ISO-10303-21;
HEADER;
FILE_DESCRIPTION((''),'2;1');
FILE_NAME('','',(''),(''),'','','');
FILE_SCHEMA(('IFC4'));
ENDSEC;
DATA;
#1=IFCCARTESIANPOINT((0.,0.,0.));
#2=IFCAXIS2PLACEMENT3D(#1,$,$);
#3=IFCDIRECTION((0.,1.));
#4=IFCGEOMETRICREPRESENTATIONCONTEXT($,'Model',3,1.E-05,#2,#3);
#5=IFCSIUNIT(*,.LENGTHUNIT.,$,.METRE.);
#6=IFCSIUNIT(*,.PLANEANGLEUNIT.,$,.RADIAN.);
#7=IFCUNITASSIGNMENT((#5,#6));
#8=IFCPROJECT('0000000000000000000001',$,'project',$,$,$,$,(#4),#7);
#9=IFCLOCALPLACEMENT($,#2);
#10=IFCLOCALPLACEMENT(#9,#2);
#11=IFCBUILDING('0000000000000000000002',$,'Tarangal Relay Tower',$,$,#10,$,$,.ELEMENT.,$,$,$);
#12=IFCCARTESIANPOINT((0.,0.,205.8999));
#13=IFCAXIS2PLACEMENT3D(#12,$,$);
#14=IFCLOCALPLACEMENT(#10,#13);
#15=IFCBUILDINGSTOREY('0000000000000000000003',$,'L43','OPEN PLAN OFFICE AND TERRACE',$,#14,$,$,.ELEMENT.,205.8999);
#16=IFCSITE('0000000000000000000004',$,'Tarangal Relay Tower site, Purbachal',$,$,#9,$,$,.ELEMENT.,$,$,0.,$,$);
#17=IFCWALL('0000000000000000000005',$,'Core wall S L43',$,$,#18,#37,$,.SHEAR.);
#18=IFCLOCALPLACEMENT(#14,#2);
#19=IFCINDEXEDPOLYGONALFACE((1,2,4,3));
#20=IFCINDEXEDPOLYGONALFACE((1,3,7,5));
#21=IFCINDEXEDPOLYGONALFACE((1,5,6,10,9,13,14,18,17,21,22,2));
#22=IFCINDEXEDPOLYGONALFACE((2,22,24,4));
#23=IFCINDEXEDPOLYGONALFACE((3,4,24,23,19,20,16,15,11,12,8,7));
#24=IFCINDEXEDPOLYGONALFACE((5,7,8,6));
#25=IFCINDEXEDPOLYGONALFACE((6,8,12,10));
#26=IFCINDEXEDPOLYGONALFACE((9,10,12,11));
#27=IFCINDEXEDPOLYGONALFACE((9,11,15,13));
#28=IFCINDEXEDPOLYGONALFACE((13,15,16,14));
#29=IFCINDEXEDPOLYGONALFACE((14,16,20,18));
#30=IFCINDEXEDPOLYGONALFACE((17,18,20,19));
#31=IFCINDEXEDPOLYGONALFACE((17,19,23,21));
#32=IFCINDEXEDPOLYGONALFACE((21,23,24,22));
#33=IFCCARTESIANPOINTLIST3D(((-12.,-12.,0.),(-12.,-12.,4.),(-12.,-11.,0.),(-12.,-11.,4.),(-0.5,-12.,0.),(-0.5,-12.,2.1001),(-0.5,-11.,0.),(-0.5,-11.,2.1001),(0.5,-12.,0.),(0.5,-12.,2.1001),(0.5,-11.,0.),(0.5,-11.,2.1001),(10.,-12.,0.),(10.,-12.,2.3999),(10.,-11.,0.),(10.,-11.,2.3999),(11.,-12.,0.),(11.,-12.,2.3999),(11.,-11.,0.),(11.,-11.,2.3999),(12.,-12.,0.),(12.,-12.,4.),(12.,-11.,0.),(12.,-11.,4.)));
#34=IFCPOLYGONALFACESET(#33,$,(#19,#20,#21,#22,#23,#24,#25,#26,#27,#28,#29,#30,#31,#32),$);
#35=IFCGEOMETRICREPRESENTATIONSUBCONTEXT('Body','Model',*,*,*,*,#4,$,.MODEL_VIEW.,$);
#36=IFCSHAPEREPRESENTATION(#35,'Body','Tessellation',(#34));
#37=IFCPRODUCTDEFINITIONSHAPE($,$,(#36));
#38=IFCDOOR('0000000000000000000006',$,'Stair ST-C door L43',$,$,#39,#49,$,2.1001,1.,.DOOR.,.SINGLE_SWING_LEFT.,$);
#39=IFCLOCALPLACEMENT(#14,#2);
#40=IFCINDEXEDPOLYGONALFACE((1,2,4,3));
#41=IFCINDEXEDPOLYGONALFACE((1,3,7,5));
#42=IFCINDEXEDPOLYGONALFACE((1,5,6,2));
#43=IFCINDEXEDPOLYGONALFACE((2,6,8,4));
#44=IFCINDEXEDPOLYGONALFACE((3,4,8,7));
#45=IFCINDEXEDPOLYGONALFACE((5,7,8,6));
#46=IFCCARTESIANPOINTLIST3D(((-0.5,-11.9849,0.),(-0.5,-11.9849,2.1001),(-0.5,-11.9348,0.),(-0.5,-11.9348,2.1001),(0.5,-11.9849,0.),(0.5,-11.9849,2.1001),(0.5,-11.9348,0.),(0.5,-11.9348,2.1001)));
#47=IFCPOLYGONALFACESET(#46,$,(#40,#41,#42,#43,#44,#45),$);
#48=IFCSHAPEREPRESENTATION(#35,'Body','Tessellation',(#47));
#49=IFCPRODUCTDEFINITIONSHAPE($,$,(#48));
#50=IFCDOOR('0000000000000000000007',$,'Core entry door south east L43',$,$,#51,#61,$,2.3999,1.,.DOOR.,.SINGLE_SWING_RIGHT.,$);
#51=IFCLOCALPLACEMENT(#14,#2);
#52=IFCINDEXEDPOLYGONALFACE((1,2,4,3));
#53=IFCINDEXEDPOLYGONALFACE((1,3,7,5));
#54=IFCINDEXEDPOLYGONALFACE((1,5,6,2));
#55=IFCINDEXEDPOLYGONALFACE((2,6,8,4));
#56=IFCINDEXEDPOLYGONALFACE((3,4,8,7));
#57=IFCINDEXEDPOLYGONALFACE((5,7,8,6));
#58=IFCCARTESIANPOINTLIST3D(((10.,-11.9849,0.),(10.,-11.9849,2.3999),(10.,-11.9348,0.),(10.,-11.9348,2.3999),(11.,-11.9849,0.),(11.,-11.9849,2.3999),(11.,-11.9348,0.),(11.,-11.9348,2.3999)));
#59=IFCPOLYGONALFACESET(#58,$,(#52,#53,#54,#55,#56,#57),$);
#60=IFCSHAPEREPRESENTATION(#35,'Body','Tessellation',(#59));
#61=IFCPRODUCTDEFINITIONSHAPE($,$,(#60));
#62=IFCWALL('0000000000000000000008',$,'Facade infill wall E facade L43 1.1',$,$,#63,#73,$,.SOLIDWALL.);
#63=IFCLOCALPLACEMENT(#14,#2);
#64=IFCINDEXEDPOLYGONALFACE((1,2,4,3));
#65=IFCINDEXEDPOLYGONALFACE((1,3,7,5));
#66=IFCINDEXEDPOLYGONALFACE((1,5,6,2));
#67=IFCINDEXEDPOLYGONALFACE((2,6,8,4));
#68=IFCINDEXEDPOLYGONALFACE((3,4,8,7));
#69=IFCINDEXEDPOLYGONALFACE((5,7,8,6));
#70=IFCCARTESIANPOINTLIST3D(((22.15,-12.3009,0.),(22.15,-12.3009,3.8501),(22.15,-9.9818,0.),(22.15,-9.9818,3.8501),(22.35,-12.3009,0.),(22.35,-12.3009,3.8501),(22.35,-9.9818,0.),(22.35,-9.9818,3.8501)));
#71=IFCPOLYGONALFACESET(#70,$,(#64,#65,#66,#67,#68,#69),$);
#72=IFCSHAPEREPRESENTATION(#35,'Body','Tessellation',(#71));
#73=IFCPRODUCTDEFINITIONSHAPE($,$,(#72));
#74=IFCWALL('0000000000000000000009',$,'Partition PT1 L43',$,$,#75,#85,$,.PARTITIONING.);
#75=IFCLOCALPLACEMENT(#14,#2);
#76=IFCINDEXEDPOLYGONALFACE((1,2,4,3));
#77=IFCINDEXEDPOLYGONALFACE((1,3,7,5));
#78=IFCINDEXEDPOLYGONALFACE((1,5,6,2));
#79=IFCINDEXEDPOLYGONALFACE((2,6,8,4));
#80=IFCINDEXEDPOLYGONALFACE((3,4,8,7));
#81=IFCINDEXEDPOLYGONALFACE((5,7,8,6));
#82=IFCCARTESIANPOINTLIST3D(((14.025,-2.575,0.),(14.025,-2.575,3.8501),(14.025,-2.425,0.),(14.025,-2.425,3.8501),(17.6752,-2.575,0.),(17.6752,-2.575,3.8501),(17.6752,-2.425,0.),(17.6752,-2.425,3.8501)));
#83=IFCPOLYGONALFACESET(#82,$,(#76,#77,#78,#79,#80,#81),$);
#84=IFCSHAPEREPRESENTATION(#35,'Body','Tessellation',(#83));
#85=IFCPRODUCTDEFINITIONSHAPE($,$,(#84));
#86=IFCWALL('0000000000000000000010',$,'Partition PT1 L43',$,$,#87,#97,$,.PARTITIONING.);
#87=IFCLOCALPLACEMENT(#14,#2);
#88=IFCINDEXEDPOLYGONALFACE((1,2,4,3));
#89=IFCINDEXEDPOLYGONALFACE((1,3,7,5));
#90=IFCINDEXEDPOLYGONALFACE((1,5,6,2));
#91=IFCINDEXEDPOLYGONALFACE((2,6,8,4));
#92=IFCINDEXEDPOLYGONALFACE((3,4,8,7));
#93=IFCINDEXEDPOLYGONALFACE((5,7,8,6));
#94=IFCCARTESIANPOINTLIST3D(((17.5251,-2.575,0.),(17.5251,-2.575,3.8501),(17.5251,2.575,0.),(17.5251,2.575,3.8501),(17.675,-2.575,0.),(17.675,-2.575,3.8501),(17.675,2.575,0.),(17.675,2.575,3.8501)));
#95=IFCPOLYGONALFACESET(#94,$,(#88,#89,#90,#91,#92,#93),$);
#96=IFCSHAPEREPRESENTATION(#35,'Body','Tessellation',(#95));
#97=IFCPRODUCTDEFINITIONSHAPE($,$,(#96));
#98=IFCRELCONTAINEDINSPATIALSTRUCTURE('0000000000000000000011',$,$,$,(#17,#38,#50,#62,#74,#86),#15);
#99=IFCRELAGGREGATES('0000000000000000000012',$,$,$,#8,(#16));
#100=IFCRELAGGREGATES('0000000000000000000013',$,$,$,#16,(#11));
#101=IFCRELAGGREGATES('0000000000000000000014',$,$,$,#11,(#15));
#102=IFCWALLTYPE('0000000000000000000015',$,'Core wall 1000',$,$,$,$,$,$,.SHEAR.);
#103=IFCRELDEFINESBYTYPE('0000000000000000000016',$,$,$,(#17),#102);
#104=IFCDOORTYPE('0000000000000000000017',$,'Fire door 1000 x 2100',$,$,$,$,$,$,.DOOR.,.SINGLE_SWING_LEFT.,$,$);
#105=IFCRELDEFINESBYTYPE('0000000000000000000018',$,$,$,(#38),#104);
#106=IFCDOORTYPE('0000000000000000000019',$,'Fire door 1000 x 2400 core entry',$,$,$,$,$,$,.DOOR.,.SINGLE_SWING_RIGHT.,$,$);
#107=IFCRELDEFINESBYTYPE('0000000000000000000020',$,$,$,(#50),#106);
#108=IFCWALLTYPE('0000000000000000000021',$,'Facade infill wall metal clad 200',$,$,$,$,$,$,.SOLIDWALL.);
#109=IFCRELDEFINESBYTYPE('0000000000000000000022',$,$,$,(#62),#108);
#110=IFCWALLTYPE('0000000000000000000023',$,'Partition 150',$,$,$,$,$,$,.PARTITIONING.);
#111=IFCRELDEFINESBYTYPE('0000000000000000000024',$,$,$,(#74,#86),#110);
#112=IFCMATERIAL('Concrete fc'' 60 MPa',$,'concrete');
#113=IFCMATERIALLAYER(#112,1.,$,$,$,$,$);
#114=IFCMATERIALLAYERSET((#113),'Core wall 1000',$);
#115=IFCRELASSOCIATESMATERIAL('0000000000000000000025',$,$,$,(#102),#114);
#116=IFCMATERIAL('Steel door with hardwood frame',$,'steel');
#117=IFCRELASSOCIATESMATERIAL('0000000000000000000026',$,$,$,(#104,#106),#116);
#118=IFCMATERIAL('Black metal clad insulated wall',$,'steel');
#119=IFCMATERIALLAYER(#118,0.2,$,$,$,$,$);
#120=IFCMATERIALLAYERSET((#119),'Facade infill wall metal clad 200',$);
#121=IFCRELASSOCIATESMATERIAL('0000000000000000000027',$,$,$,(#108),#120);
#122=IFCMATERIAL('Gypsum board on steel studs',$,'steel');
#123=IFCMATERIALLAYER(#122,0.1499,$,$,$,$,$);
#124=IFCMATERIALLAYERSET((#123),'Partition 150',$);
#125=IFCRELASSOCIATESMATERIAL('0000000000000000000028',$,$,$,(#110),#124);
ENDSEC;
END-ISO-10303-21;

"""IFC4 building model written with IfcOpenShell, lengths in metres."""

from ifc_helpers import new_model, si_unit, direction, frame, frame_2d, origin, place, context, subcontext, project, spatial, rectangle, extrude, material, layer, layer_set, type_object, element, fill, save


model = new_model("IFC4")

# Units and contexts
model_context = context("Model", 3, precision=1e-05, world=origin(), true_north=direction((0.0, 1.0)))
body_context = subcontext(model_context, "Body", "Model", "MODEL_VIEW")
ifc_project = project(units=[si_unit("LENGTHUNIT", "METRE"), si_unit("PLANEANGLEUNIT", "RADIAN")], contexts=[model_context])

# Site, building, storey
site_placement = place(None, origin())
site = spatial("IfcSite", under=ifc_project, at=site_placement, Name="Tarangal Relay Tower site, Purbachal", CompositionType="ELEMENT", RefElevation=0.0)
building_placement = place(site_placement, origin())
building = spatial("IfcBuilding", under=site, at=building_placement, Name="Tarangal Relay Tower", CompositionType="ELEMENT")
storey_placement = place(building_placement, frame((0.0, 0.0, 205.8999)))
storey = spatial("IfcBuildingStorey", under=building, at=storey_placement, Name="L43", Description="OPEN PLAN OFFICE AND TERRACE", CompositionType="ELEMENT", Elevation=205.8999)

# Wall, openings, doors
ifc_material_1 = material(Name="Concrete fc' 60 MPa", Category="concrete")
ifc_layer_1 = layer(ifc_material_1, 1.0)
ifc_layer_set_1 = layer_set([ifc_layer_1], Name="Core wall 1000")
wall_type_1 = type_object("IfcWallType", Name="Core wall 1000", PredefinedType="SHEAR", material=ifc_layer_set_1)
wall_1_placement = place(storey_placement, frame((12.0, -11.5, 0.0), z_axis=(0.0, 0.0, 1.0), x_axis=(-1.0, 0.0, 0.0)))
wall_1 = element("IfcWall", 1, at=wall_1_placement, inside=storey, type_object=wall_type_1, Name="Core wall S L43", PredefinedType="SHEAR", context=body_context, shape_type="SweptSolid", body=[
    extrude(rectangle(XDim=24.0, YDim=1.0, at=frame_2d((12.0, 0.0))), origin(), (0.0, 0.0, 1.0), 4.0),
])
opening_1_placement = place(wall_1_placement, frame((11.5, 0.0, 0.0)))
opening_1 = element("IfcOpeningElement", 2, at=opening_1_placement, cuts=wall_1, PredefinedType="OPENING", context=body_context, shape_type="SweptSolid", body=[
    extrude(rectangle(XDim=1.0, YDim=2.1001, at=frame_2d((0.5, 1.05))), frame((0.0, 0.51, 0.0), z_axis=(0.0, -1.0, 0.0), x_axis=(1.0, 0.0, 0.0)), (0.0, 0.0, 1.0), 1.02),
])
opening_2_placement = place(wall_1_placement, frame((1.0, 0.0, 0.0)))
opening_2 = element("IfcOpeningElement", 3, at=opening_2_placement, cuts=wall_1, PredefinedType="OPENING", context=body_context, shape_type="SweptSolid", body=[
    extrude(rectangle(XDim=1.0, YDim=2.3999, at=frame_2d((0.5, 1.2))), frame((0.0, 0.51, 0.0), z_axis=(0.0, -1.0, 0.0), x_axis=(1.0, 0.0, 0.0)), (0.0, 0.0, 1.0), 1.02),
])
ifc_material_2 = material(Name="Steel door with hardwood frame", Category="steel")
door_type_1 = type_object("IfcDoorType", Name="Fire door 1000 x 2100", OperationType="SINGLE_SWING_LEFT", PredefinedType="DOOR", material=ifc_material_2)
door_1_placement = place(opening_1_placement, origin())
door_1 = element("IfcDoor", 4, at=door_1_placement, inside=storey, type_object=door_type_1, Name="Stair ST-C door L43", OperationType="SINGLE_SWING_LEFT", OverallHeight=2.1001, OverallWidth=1.0, PredefinedType="DOOR", context=body_context, shape_type="SweptSolid", body=[
    extrude(rectangle(XDim=1.0, YDim=2.1001, at=frame_2d((0.5, 1.05))), frame((0.0, 0.4849, 0.0), z_axis=(0.0, -1.0, 0.0), x_axis=(1.0, 0.0, 0.0)), (0.0, 0.0, 1.0), 0.05),
])
fill(opening_1, door_1)
door_type_2 = type_object("IfcDoorType", Name="Fire door 1000 x 2400 core entry", OperationType="SINGLE_SWING_RIGHT", PredefinedType="DOOR", material=ifc_material_2)
door_2_placement = place(opening_2_placement, origin())
door_2 = element("IfcDoor", 5, at=door_2_placement, inside=storey, type_object=door_type_2, Name="Core entry door south east L43", OperationType="SINGLE_SWING_RIGHT", OverallHeight=2.3999, OverallWidth=1.0, PredefinedType="DOOR", context=body_context, shape_type="SweptSolid", body=[
    extrude(rectangle(XDim=1.0, YDim=2.3999, at=frame_2d((0.5, 1.2))), frame((0.0, 0.4849, 0.0), z_axis=(0.0, -1.0, 0.0), x_axis=(1.0, 0.0, 0.0)), (0.0, 0.0, 1.0), 0.05),
])
fill(opening_2, door_2)

# Walls
ifc_material_3 = material(Name="Black metal clad insulated wall", Category="steel")
ifc_layer_2 = layer(ifc_material_3, 0.2)
ifc_layer_set_2 = layer_set([ifc_layer_2], Name="Facade infill wall metal clad 200")
wall_type_2 = type_object("IfcWallType", Name="Facade infill wall metal clad 200", PredefinedType="SOLIDWALL", material=ifc_layer_set_2)
wall_2_placement = place(storey_placement, frame((22.25, -9.9817, 0.0), z_axis=(0.0, 0.0, 1.0), x_axis=(0.0, -1.0, 0.0)))
element("IfcWall", 6, at=wall_2_placement, inside=storey, type_object=wall_type_2, Name="Facade infill wall E facade L43 1.1", PredefinedType="SOLIDWALL", context=body_context, shape_type="SweptSolid", body=[
    extrude(rectangle(XDim=2.3191, YDim=0.2, at=frame_2d((1.1597, 0.0))), origin(), (0.0, 0.0, 1.0), 3.8501),
])
ifc_material_4 = material(Name="Gypsum board on steel studs", Category="steel")
ifc_layer_3 = layer(ifc_material_4, 0.1499)
ifc_layer_set_3 = layer_set([ifc_layer_3], Name="Partition 150")
wall_type_3 = type_object("IfcWallType", Name="Partition 150", PredefinedType="PARTITIONING", material=ifc_layer_set_3)
wall_3_placement = place(storey_placement, frame((14.0249, -2.5, 0.0), z_axis=(0.0, 0.0, 1.0), x_axis=(1.0, 0.0, 0.0)))
element("IfcWall", 7, at=wall_3_placement, inside=storey, type_object=wall_type_3, Name="Partition PT1 L43", PredefinedType="PARTITIONING", context=body_context, shape_type="SweptSolid", body=[
    extrude(rectangle(XDim=3.6501, YDim=0.1499, at=frame_2d((1.8252, 0.0))), origin(), (0.0, 0.0, 1.0), 3.8501),
])
wall_4_placement = place(storey_placement, frame((17.6001, -2.575, 0.0), z_axis=(0.0, 0.0, 1.0), x_axis=(0.0, 1.0, 0.0)))
element("IfcWall", 8, at=wall_4_placement, inside=storey, type_object=wall_type_3, Name="Partition PT1 L43", PredefinedType="PARTITIONING", context=body_context, shape_type="SweptSolid", body=[
    extrude(rectangle(XDim=5.1499, YDim=0.1499, at=frame_2d((2.575, 0.0))), origin(), (0.0, 0.0, 1.0), 3.8501),
])

save(model, "model.ifc")
